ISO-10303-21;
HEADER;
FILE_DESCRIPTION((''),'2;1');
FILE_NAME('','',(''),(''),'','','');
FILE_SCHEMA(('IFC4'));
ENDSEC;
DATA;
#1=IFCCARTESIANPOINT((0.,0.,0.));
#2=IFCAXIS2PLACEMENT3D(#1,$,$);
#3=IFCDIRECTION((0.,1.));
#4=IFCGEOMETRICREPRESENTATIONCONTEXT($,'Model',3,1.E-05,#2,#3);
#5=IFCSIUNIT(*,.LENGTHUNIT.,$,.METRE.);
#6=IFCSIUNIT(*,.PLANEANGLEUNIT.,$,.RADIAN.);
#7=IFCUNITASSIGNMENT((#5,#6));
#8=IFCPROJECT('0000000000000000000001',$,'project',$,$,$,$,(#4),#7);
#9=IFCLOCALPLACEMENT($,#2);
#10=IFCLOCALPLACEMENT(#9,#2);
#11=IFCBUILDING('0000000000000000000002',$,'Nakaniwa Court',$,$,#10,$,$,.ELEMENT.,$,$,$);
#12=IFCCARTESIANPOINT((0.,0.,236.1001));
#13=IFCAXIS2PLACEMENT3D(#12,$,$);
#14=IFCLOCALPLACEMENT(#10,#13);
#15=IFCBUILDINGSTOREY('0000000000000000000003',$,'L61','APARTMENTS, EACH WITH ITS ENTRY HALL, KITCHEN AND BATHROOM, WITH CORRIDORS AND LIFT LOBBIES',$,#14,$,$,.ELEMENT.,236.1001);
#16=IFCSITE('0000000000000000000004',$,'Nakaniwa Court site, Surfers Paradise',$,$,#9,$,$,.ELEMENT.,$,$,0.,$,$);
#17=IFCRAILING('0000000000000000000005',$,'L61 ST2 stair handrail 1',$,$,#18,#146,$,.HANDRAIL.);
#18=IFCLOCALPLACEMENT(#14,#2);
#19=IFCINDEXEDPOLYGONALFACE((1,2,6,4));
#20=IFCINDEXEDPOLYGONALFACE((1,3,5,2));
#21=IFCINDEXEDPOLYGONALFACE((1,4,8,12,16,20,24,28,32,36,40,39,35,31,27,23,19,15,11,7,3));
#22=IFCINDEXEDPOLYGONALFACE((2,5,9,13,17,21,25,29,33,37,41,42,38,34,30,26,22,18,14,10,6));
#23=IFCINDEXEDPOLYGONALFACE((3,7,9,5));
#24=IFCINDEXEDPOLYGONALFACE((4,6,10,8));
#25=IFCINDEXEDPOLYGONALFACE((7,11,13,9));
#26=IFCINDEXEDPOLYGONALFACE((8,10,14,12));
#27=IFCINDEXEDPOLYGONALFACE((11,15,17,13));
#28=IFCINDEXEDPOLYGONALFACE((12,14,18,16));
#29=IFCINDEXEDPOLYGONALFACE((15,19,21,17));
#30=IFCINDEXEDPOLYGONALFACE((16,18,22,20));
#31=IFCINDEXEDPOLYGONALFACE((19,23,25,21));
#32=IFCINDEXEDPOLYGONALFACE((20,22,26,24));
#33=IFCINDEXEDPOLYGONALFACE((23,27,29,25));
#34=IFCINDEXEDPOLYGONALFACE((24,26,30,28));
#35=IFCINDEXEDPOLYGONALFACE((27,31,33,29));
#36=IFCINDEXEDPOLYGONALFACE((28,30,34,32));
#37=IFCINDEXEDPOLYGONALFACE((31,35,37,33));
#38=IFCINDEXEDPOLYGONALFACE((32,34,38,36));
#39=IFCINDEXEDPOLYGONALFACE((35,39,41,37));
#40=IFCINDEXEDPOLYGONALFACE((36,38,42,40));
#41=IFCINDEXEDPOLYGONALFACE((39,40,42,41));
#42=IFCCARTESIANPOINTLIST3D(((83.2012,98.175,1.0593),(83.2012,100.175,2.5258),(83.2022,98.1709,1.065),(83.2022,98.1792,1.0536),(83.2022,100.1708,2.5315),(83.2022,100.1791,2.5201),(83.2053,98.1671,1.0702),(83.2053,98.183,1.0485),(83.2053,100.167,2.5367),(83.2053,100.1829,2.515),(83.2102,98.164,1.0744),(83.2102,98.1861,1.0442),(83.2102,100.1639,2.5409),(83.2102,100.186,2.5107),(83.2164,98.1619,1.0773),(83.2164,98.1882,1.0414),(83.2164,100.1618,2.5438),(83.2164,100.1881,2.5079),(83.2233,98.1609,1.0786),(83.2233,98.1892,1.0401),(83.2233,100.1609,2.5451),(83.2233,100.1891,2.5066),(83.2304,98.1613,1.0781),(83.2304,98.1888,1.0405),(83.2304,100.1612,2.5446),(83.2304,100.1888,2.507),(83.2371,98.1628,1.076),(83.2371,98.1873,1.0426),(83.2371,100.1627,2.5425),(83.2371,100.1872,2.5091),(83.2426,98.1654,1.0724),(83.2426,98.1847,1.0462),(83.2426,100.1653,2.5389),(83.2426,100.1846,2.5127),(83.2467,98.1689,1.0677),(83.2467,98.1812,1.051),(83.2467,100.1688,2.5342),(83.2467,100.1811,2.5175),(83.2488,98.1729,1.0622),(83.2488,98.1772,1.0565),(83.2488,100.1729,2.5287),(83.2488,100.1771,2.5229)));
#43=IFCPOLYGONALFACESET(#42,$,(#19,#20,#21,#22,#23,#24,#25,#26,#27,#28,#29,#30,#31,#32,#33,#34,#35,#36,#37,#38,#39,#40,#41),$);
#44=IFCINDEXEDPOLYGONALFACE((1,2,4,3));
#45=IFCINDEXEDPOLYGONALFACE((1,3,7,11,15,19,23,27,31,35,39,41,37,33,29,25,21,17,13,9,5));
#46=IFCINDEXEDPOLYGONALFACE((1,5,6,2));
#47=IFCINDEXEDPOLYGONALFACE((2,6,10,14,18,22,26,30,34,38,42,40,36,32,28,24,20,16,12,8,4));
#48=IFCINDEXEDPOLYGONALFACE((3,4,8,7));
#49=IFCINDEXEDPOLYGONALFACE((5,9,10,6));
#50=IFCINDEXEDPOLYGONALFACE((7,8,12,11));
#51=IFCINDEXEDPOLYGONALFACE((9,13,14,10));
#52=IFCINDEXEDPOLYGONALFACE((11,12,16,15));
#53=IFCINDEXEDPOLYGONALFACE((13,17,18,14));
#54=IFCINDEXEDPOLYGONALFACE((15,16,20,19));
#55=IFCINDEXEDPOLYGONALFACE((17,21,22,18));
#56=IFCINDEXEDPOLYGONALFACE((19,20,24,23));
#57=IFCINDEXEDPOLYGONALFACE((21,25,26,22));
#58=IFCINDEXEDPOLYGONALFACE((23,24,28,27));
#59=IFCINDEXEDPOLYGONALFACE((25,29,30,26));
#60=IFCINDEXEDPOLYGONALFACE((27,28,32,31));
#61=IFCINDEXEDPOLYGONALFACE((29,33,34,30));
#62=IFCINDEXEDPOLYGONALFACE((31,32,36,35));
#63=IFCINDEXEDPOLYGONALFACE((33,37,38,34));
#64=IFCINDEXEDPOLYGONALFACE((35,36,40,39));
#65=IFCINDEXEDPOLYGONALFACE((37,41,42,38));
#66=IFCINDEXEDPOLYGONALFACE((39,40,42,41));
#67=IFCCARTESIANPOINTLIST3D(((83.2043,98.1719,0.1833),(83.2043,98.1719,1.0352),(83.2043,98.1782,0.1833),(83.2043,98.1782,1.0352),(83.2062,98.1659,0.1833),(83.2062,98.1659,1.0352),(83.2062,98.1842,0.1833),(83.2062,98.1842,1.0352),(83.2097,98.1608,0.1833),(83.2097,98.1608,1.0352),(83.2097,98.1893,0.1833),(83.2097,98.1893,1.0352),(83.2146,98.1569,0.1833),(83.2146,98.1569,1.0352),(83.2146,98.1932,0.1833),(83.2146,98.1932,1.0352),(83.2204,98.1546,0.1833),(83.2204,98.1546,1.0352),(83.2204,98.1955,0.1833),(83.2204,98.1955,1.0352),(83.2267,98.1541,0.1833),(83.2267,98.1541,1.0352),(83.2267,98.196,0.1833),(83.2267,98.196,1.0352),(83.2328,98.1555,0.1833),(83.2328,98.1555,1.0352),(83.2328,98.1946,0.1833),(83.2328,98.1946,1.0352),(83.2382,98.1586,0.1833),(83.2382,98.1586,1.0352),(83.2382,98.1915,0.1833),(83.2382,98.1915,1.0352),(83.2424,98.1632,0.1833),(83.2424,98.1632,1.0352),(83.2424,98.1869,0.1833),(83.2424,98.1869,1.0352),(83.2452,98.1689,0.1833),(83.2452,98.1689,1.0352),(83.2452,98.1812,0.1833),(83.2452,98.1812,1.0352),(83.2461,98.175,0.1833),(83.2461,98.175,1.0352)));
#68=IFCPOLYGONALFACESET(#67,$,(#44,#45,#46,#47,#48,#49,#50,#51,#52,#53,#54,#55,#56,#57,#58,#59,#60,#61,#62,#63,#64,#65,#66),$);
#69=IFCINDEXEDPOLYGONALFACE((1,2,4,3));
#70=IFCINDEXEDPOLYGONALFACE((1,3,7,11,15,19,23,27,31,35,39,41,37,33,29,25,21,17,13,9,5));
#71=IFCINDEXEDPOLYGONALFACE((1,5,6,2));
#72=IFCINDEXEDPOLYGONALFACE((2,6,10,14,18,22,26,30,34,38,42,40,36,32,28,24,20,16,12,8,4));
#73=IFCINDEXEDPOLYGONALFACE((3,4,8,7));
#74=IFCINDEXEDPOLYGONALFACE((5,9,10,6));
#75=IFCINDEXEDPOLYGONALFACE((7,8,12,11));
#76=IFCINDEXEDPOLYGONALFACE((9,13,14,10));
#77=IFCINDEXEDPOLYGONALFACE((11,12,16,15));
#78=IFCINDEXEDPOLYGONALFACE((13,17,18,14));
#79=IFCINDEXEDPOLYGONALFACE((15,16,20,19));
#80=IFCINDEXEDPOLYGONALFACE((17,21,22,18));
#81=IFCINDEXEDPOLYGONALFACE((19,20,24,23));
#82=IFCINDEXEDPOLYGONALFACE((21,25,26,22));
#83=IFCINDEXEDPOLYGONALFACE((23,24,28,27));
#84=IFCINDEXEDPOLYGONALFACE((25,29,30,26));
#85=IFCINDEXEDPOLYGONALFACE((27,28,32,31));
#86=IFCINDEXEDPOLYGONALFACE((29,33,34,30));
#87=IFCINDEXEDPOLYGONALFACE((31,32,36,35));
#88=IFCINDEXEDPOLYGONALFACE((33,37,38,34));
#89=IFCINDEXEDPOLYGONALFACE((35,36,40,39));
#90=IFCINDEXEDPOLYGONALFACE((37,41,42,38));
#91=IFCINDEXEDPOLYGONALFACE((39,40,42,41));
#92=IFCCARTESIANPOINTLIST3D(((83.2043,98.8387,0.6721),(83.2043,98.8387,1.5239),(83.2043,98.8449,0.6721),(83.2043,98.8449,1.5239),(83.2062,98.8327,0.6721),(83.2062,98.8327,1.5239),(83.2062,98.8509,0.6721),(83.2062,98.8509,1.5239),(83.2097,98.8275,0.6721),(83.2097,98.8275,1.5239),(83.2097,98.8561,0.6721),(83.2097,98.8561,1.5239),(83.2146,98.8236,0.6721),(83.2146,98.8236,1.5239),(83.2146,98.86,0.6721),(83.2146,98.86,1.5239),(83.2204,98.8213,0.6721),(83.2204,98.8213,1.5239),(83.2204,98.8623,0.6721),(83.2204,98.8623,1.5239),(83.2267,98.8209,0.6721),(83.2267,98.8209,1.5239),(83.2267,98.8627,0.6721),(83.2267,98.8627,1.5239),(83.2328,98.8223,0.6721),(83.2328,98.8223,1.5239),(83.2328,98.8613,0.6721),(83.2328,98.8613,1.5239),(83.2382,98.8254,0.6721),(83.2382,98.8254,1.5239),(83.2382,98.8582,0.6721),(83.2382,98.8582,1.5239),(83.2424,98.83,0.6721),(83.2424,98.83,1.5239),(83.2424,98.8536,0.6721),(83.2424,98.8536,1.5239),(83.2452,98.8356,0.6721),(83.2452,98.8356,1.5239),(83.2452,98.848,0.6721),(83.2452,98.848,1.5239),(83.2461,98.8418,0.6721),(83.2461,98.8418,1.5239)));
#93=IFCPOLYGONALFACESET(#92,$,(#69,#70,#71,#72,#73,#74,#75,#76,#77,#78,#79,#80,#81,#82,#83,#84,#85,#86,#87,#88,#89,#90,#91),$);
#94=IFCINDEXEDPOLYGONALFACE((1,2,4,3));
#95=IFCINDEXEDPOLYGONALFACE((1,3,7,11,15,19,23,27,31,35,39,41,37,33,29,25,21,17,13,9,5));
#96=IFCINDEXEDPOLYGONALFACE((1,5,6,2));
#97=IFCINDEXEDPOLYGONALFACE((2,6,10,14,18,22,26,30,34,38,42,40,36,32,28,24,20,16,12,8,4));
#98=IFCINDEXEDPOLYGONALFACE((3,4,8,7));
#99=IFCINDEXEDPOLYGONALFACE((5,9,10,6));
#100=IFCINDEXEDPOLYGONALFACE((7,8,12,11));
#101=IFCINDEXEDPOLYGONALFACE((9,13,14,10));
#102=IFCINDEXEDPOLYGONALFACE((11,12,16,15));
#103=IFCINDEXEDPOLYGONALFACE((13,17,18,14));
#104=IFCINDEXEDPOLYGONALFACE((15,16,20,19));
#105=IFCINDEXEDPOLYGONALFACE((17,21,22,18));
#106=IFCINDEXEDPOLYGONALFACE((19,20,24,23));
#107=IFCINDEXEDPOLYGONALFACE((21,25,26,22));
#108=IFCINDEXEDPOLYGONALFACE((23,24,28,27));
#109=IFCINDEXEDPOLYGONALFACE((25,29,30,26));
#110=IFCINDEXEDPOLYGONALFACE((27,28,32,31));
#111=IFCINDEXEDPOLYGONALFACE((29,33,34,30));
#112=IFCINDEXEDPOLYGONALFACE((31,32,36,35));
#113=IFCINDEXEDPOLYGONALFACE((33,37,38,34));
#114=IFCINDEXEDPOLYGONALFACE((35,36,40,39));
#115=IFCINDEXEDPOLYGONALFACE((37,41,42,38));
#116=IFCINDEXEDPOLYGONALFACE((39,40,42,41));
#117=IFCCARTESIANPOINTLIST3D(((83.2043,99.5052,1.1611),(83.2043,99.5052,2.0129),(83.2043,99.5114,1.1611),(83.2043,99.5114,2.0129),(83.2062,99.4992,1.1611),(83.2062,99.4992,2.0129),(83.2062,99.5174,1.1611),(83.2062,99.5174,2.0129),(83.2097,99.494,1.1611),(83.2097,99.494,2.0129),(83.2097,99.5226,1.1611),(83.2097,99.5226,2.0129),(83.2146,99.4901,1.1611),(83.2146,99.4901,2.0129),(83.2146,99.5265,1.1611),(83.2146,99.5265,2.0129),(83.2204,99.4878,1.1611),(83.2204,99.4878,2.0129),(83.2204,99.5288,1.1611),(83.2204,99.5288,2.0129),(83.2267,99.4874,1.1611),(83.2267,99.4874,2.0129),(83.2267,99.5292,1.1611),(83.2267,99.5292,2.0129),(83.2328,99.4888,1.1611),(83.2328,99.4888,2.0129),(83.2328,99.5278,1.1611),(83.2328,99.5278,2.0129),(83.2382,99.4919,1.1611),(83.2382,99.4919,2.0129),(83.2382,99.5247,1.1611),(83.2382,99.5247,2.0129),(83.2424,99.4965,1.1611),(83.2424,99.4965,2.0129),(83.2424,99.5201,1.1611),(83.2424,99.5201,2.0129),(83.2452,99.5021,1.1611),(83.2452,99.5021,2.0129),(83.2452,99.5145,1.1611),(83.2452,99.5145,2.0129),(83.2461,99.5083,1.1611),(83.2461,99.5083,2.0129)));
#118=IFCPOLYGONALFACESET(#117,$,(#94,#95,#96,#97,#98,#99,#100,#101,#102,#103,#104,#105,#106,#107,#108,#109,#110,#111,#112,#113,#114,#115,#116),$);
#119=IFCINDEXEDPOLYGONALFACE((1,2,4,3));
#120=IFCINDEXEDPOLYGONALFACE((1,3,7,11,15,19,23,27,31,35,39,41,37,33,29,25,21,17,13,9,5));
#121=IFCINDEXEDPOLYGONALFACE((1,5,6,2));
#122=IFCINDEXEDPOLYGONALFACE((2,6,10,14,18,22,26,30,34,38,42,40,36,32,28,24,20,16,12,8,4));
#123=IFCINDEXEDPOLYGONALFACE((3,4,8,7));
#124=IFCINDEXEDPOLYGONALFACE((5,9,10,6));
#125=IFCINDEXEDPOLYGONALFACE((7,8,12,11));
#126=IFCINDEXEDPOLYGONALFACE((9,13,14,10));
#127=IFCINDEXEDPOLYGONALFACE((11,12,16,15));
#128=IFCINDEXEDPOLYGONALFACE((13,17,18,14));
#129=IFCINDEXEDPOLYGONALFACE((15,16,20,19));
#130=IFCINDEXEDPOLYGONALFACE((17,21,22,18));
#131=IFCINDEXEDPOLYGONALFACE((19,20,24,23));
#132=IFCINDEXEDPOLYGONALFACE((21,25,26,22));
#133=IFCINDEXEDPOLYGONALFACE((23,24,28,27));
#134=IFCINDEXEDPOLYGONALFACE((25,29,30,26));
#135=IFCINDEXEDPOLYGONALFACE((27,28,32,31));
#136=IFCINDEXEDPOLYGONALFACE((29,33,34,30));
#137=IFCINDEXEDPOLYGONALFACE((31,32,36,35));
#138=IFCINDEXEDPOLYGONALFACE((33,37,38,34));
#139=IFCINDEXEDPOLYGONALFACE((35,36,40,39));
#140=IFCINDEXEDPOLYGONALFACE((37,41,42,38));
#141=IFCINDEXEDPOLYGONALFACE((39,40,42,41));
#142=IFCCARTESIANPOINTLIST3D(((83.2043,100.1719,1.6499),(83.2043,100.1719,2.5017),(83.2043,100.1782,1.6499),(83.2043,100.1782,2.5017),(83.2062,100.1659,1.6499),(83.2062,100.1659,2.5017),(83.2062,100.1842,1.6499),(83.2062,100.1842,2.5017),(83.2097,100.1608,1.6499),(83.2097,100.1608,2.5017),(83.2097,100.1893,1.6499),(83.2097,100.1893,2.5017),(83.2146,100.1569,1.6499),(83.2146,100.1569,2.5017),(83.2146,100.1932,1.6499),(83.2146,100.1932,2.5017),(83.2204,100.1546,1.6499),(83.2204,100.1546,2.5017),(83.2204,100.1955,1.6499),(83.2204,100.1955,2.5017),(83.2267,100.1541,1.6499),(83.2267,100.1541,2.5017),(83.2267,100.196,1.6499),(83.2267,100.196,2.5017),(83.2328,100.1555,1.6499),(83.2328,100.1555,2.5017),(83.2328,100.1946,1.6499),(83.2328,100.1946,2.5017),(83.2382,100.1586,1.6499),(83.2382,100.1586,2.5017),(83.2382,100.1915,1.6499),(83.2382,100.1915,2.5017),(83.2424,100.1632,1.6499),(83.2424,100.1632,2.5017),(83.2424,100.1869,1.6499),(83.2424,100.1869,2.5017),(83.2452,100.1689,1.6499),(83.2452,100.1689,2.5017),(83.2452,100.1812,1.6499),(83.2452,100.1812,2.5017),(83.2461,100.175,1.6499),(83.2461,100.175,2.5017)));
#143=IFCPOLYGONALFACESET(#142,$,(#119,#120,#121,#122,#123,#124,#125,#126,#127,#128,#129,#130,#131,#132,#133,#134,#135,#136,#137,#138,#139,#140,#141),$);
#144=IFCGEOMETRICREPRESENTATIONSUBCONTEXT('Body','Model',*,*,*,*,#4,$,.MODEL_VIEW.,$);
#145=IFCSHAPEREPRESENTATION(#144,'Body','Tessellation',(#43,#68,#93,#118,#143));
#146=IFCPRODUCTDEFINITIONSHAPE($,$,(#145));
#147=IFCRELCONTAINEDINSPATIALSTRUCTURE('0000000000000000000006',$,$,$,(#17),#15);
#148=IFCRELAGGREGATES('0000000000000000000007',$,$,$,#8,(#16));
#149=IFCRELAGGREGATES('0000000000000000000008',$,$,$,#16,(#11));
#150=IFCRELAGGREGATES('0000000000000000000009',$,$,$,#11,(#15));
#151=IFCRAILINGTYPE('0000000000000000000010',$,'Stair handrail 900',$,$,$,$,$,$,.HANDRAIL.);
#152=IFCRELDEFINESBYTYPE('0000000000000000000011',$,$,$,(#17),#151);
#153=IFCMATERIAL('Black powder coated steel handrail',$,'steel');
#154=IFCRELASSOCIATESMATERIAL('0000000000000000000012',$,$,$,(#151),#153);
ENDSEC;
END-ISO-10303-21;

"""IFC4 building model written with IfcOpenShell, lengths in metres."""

from ifc_helpers import new_model, si_unit, direction, frame, origin, origin_2d, place, context, subcontext, project, spatial, circle, extrude, material, type_object, element, save


model = new_model("IFC4")

# Units and contexts
model_context = context("Model", 3, precision=1e-05, world=origin(), true_north=direction((0.0, 1.0)))
body_context = subcontext(model_context, "Body", "Model", "MODEL_VIEW")
ifc_project = project(units=[si_unit("LENGTHUNIT", "METRE"), si_unit("PLANEANGLEUNIT", "RADIAN")], contexts=[model_context])

# Site, building, storey
site_placement = place(None, origin())
site = spatial("IfcSite", under=ifc_project, at=site_placement, Name="Nakaniwa Court site, Surfers Paradise", CompositionType="ELEMENT", RefElevation=0.0)
building_placement = place(site_placement, origin())
building = spatial("IfcBuilding", under=site, at=building_placement, Name="Nakaniwa Court", CompositionType="ELEMENT")
storey_placement = place(building_placement, frame((0.0, 0.0, 236.1001)))
storey = spatial("IfcBuildingStorey", under=building, at=storey_placement, Name="L61", Description="APARTMENTS, EACH WITH ITS ENTRY HALL, KITCHEN AND BATHROOM, WITH CORRIDORS AND LIFT LOBBIES", CompositionType="ELEMENT", Elevation=236.1001)

# Railing
ifc_material_1 = material(Name="Black powder coated steel handrail", Category="steel")
railing_type_1 = type_object("IfcRailingType", Name="Stair handrail 900", PredefinedType="HANDRAIL", material=ifc_material_1)
railing_1_placement = place(storey_placement, frame((83.2251, 98.175, 0.1833)))
element("IfcRailing", 1, at=railing_1_placement, inside=storey, type_object=railing_type_1, Name="L61 ST2 stair handrail 1", PredefinedType="HANDRAIL", context=body_context, shape_type="SweptSolid", body=[
    extrude(circle(Radius=0.0239, at=origin_2d()), frame((0.0, 0.0, 0.876), z_axis=(0.0, 0.806427, 0.591334), x_axis=(-1.0, 0.0, 0.0)), (0.0, 0.0, 1.0), 2.48),
    extrude(circle(Radius=0.021, at=origin_2d()), origin(), (0.0, 0.0, 1.0), 0.8518),
    extrude(circle(Radius=0.021, at=origin_2d()), frame((0.0, 0.6667, 0.4888)), (0.0, 0.0, 1.0), 0.8518),
    extrude(circle(Radius=0.021, at=origin_2d()), frame((0.0, 1.3333, 0.9778)), (0.0, 0.0, 1.0), 0.8518),
    extrude(circle(Radius=0.021, at=origin_2d()), frame((0.0, 2.0, 1.4666)), (0.0, 0.0, 1.0), 0.8518),
])

save(model, "model.ifc")
